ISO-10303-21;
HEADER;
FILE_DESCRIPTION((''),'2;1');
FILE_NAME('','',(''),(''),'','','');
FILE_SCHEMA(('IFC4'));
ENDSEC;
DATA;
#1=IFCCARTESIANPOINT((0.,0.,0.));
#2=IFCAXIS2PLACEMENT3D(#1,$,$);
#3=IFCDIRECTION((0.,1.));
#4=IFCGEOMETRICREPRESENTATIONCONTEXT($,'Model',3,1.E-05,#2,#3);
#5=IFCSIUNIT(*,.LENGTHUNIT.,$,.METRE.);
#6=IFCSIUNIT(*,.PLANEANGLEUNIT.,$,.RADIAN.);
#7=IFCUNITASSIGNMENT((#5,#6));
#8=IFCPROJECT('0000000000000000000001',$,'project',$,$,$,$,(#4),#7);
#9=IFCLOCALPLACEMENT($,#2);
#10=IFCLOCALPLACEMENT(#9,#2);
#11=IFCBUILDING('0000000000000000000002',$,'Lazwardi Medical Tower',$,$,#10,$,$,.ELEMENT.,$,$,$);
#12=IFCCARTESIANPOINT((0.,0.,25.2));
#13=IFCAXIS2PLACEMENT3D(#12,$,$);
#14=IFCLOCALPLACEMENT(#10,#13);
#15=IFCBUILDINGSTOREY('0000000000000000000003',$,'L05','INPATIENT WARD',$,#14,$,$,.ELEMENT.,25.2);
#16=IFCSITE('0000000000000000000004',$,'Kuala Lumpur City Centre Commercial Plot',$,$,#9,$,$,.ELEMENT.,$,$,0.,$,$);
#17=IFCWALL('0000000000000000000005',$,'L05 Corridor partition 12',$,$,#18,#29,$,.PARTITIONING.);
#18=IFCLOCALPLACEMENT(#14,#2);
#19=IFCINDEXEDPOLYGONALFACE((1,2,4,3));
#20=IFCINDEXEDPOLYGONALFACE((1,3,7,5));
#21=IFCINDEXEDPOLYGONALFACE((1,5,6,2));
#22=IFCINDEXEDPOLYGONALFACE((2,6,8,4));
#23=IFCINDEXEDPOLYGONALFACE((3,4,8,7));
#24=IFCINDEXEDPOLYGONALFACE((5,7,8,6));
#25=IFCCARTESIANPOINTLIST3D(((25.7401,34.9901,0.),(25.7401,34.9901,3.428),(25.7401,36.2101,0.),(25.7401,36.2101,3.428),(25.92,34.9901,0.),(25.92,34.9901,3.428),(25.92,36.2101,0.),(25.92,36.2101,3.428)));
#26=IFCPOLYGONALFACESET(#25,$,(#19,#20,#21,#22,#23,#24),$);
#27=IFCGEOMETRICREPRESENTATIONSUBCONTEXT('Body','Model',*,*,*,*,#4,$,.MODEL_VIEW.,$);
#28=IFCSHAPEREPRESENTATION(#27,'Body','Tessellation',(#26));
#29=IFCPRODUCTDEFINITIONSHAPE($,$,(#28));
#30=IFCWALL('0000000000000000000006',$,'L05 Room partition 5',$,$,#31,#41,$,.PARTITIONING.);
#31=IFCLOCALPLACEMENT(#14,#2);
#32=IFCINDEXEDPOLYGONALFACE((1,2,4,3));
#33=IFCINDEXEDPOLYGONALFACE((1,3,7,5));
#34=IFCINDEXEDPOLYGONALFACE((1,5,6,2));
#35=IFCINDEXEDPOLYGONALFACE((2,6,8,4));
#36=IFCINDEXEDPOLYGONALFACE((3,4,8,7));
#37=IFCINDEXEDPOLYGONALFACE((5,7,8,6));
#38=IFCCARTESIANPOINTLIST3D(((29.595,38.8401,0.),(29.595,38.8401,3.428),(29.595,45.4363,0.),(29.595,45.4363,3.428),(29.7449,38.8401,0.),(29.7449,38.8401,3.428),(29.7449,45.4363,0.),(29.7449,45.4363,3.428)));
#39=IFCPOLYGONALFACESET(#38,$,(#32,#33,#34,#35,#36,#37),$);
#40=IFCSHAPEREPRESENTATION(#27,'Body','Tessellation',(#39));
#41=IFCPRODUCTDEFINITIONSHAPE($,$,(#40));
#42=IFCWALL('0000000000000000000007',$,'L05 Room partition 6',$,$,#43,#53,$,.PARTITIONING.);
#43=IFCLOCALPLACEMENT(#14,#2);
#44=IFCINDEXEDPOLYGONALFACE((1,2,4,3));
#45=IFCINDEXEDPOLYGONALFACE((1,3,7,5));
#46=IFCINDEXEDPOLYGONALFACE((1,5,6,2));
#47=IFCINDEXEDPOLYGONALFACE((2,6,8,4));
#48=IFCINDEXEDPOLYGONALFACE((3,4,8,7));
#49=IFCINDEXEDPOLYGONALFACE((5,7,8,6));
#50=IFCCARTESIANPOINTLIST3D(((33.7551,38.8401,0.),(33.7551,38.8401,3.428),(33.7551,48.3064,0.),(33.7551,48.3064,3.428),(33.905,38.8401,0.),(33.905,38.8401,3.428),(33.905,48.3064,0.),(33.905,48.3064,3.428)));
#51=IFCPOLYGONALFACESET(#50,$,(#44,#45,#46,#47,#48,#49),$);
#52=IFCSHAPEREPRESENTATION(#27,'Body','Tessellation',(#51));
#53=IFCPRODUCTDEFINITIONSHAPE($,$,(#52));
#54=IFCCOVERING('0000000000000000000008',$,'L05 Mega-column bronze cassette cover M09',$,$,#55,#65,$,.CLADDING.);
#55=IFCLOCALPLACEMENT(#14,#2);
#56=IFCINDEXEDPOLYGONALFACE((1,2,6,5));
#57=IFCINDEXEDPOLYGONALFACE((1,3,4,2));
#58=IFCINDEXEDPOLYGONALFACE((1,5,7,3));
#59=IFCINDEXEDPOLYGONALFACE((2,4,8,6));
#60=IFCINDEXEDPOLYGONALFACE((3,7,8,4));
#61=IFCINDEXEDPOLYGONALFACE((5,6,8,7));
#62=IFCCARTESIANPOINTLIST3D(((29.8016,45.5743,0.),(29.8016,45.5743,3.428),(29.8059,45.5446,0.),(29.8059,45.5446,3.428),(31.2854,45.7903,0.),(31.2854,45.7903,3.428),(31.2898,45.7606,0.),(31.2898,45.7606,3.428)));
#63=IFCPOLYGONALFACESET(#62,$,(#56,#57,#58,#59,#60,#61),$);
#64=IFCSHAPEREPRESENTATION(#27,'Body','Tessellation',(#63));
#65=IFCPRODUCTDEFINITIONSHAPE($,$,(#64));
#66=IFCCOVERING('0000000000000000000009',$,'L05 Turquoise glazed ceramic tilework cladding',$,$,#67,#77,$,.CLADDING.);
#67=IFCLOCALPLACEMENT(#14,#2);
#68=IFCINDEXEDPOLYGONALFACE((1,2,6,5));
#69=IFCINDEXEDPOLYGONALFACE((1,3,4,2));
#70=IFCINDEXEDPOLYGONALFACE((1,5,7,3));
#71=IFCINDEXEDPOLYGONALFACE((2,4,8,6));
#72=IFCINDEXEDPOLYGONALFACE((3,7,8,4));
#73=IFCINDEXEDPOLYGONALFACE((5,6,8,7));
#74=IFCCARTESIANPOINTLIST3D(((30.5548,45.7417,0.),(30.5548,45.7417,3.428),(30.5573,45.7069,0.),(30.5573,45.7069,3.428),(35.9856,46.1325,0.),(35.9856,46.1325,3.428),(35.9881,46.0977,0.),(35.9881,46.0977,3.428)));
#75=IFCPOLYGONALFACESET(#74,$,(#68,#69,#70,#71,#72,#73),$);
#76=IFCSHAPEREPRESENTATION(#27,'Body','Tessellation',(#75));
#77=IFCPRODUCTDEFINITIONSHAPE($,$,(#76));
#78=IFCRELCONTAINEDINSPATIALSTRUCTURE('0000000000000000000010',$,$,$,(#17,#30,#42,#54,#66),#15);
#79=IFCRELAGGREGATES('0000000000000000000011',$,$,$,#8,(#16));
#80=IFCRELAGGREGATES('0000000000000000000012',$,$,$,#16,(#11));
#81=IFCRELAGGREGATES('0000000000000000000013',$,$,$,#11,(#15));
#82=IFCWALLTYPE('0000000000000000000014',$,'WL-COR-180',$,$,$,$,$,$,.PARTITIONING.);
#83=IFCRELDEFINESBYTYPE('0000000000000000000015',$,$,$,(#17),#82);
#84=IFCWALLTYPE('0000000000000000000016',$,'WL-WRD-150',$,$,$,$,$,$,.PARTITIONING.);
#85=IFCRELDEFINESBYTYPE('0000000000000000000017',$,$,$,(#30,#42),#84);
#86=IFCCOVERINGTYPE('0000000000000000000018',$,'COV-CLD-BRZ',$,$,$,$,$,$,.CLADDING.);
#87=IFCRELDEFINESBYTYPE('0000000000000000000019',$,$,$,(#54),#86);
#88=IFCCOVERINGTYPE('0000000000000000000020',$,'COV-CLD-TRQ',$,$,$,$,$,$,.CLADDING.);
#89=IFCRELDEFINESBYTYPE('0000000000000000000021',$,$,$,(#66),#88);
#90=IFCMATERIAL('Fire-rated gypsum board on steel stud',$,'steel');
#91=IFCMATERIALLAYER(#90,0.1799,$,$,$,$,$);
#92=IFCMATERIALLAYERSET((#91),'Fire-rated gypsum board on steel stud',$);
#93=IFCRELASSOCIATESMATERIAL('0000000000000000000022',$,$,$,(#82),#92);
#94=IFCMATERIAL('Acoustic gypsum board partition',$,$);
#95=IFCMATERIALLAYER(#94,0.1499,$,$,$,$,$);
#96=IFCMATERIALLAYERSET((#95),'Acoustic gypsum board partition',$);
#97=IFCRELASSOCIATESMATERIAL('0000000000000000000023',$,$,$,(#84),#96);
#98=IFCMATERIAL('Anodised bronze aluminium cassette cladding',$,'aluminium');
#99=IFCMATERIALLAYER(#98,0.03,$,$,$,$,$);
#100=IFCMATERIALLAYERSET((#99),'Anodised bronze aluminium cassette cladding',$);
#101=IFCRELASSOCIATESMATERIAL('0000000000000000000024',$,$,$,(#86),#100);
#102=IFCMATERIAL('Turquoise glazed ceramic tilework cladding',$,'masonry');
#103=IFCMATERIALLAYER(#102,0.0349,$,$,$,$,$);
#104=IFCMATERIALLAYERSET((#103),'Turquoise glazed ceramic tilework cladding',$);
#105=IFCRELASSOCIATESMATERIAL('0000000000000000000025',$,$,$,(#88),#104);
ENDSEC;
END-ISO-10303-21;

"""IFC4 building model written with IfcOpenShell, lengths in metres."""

from ifc_helpers import new_model, si_unit, direction, frame, frame_2d, origin, origin_2d, place, context, subcontext, project, spatial, rectangle, extrude, material, layer, layer_set, type_object, element, save


model = new_model("IFC4")

# Units and contexts
model_context = context("Model", 3, precision=1e-05, world=origin(), true_north=direction((0.0, 1.0)))
body_context = subcontext(model_context, "Body", "Model", "MODEL_VIEW")
ifc_project = project(units=[si_unit("LENGTHUNIT", "METRE"), si_unit("PLANEANGLEUNIT", "RADIAN")], contexts=[model_context])

# Site, building, storey
site_placement = place(None, origin())
site = spatial("IfcSite", under=ifc_project, at=site_placement, Name="Kuala Lumpur City Centre Commercial Plot", CompositionType="ELEMENT", RefElevation=0.0)
building_placement = place(site_placement, origin())
building = spatial("IfcBuilding", under=site, at=building_placement, Name="Lazwardi Medical Tower", CompositionType="ELEMENT")
storey_placement = place(building_placement, frame((0.0, 0.0, 25.2)))
storey = spatial("IfcBuildingStorey", under=building, at=storey_placement, Name="L05", Description="INPATIENT WARD", CompositionType="ELEMENT", Elevation=25.2)

# Shared definitions
ifc_material_1 = material(Name="Fire-rated gypsum board on steel stud", Category="steel")
ifc_layer_1 = layer(ifc_material_1, 0.1799)
ifc_layer_set_1 = layer_set([ifc_layer_1], Name="Fire-rated gypsum board on steel stud")
wall_type_1 = type_object("IfcWallType", Name="WL-COR-180", PredefinedType="PARTITIONING", material=ifc_layer_set_1)

# Walls
wall_1_placement = place(storey_placement, frame((25.8301, 36.21, 0.0), z_axis=(0.0, 0.0, 1.0), x_axis=(0.0, -1.0, 0.0)))
element("IfcWall", 1, at=wall_1_placement, inside=storey, type_object=wall_type_1, Name="L05 Corridor partition 12", PredefinedType="PARTITIONING", context=body_context, shape_type="SweptSolid", body=[
    extrude(rectangle(XDim=1.22, YDim=0.1799, at=frame_2d((0.6099, 0.0))), origin(), (0.0, 0.0, 1.0), 3.428),
])
ifc_material_2 = material(Name="Acoustic gypsum board partition")
ifc_layer_2 = layer(ifc_material_2, 0.1499)
ifc_layer_set_2 = layer_set([ifc_layer_2], Name="Acoustic gypsum board partition")
wall_type_2 = type_object("IfcWallType", Name="WL-WRD-150", PredefinedType="PARTITIONING", material=ifc_layer_set_2)
wall_2_placement = place(storey_placement, frame((29.6699, 38.8401, 0.0), z_axis=(0.0, 0.0, 1.0), x_axis=(0.0, 1.0, 0.0)))
element("IfcWall", 2, at=wall_2_placement, inside=storey, type_object=wall_type_2, Name="L05 Room partition 5", PredefinedType="PARTITIONING", context=body_context, shape_type="SweptSolid", body=[
    extrude(rectangle(XDim=6.5962, YDim=0.1499, at=frame_2d((3.2981, 0.0))), origin(), (0.0, 0.0, 1.0), 3.428),
])
wall_3_placement = place(storey_placement, frame((33.8301, 38.8401, 0.0), z_axis=(0.0, 0.0, 1.0), x_axis=(0.0, 1.0, 0.0)))
element("IfcWall", 3, at=wall_3_placement, inside=storey, type_object=wall_type_2, Name="L05 Room partition 6", PredefinedType="PARTITIONING", context=body_context, shape_type="SweptSolid", body=[
    extrude(rectangle(XDim=9.4663, YDim=0.1499, at=frame_2d((4.7332, 0.0))), origin(), (0.0, 0.0, 1.0), 3.428),
])

# Coverings
ifc_material_3 = material(Name="Anodised bronze aluminium cassette cladding", Category="aluminium")
ifc_layer_3 = layer(ifc_material_3, 0.03)
ifc_layer_set_3 = layer_set([ifc_layer_3], Name="Anodised bronze aluminium cassette cladding")
covering_type_1 = type_object("IfcCoveringType", Name="COV-CLD-BRZ", PredefinedType="CLADDING", material=ifc_layer_set_3)
covering_1_placement = place(storey_placement, frame((30.5457, 45.6675, 0.0), z_axis=(0.0, 0.0, 1.0), x_axis=(-0.989573, -0.144035, 0.0)))
element("IfcCovering", 4, at=covering_1_placement, inside=storey, type_object=covering_type_1, Name="L05 Mega-column bronze cassette cover M09", PredefinedType="CLADDING", context=body_context, shape_type="SweptSolid", body=[
    extrude(rectangle(XDim=1.4995, YDim=0.03, at=origin_2d()), origin(), (0.0, 0.0, 1.0), 3.428),
])
ifc_material_4 = material(Name="Turquoise glazed ceramic tilework cladding", Category="masonry")
ifc_layer_4 = layer(ifc_material_4, 0.0349)
ifc_layer_set_4 = layer_set([ifc_layer_4], Name="Turquoise glazed ceramic tilework cladding")
covering_type_2 = type_object("IfcCoveringType", Name="COV-CLD-TRQ", PredefinedType="CLADDING", material=ifc_layer_set_4)
covering_2_placement = place(storey_placement, frame((33.2715, 45.9197, 0.0), z_axis=(0.0, 0.0, 1.0), x_axis=(-0.997421, -0.071774, 0.0)))
element("IfcCovering", 5, at=covering_2_placement, inside=storey, type_object=covering_type_2, Name="L05 Turquoise glazed ceramic tilework cladding", PredefinedType="CLADDING", context=body_context, shape_type="SweptSolid", body=[
    extrude(rectangle(XDim=5.4448, YDim=0.0349, at=origin_2d()), origin(), (0.0, 0.0, 1.0), 3.428),
])

save(model, "model.ifc")
